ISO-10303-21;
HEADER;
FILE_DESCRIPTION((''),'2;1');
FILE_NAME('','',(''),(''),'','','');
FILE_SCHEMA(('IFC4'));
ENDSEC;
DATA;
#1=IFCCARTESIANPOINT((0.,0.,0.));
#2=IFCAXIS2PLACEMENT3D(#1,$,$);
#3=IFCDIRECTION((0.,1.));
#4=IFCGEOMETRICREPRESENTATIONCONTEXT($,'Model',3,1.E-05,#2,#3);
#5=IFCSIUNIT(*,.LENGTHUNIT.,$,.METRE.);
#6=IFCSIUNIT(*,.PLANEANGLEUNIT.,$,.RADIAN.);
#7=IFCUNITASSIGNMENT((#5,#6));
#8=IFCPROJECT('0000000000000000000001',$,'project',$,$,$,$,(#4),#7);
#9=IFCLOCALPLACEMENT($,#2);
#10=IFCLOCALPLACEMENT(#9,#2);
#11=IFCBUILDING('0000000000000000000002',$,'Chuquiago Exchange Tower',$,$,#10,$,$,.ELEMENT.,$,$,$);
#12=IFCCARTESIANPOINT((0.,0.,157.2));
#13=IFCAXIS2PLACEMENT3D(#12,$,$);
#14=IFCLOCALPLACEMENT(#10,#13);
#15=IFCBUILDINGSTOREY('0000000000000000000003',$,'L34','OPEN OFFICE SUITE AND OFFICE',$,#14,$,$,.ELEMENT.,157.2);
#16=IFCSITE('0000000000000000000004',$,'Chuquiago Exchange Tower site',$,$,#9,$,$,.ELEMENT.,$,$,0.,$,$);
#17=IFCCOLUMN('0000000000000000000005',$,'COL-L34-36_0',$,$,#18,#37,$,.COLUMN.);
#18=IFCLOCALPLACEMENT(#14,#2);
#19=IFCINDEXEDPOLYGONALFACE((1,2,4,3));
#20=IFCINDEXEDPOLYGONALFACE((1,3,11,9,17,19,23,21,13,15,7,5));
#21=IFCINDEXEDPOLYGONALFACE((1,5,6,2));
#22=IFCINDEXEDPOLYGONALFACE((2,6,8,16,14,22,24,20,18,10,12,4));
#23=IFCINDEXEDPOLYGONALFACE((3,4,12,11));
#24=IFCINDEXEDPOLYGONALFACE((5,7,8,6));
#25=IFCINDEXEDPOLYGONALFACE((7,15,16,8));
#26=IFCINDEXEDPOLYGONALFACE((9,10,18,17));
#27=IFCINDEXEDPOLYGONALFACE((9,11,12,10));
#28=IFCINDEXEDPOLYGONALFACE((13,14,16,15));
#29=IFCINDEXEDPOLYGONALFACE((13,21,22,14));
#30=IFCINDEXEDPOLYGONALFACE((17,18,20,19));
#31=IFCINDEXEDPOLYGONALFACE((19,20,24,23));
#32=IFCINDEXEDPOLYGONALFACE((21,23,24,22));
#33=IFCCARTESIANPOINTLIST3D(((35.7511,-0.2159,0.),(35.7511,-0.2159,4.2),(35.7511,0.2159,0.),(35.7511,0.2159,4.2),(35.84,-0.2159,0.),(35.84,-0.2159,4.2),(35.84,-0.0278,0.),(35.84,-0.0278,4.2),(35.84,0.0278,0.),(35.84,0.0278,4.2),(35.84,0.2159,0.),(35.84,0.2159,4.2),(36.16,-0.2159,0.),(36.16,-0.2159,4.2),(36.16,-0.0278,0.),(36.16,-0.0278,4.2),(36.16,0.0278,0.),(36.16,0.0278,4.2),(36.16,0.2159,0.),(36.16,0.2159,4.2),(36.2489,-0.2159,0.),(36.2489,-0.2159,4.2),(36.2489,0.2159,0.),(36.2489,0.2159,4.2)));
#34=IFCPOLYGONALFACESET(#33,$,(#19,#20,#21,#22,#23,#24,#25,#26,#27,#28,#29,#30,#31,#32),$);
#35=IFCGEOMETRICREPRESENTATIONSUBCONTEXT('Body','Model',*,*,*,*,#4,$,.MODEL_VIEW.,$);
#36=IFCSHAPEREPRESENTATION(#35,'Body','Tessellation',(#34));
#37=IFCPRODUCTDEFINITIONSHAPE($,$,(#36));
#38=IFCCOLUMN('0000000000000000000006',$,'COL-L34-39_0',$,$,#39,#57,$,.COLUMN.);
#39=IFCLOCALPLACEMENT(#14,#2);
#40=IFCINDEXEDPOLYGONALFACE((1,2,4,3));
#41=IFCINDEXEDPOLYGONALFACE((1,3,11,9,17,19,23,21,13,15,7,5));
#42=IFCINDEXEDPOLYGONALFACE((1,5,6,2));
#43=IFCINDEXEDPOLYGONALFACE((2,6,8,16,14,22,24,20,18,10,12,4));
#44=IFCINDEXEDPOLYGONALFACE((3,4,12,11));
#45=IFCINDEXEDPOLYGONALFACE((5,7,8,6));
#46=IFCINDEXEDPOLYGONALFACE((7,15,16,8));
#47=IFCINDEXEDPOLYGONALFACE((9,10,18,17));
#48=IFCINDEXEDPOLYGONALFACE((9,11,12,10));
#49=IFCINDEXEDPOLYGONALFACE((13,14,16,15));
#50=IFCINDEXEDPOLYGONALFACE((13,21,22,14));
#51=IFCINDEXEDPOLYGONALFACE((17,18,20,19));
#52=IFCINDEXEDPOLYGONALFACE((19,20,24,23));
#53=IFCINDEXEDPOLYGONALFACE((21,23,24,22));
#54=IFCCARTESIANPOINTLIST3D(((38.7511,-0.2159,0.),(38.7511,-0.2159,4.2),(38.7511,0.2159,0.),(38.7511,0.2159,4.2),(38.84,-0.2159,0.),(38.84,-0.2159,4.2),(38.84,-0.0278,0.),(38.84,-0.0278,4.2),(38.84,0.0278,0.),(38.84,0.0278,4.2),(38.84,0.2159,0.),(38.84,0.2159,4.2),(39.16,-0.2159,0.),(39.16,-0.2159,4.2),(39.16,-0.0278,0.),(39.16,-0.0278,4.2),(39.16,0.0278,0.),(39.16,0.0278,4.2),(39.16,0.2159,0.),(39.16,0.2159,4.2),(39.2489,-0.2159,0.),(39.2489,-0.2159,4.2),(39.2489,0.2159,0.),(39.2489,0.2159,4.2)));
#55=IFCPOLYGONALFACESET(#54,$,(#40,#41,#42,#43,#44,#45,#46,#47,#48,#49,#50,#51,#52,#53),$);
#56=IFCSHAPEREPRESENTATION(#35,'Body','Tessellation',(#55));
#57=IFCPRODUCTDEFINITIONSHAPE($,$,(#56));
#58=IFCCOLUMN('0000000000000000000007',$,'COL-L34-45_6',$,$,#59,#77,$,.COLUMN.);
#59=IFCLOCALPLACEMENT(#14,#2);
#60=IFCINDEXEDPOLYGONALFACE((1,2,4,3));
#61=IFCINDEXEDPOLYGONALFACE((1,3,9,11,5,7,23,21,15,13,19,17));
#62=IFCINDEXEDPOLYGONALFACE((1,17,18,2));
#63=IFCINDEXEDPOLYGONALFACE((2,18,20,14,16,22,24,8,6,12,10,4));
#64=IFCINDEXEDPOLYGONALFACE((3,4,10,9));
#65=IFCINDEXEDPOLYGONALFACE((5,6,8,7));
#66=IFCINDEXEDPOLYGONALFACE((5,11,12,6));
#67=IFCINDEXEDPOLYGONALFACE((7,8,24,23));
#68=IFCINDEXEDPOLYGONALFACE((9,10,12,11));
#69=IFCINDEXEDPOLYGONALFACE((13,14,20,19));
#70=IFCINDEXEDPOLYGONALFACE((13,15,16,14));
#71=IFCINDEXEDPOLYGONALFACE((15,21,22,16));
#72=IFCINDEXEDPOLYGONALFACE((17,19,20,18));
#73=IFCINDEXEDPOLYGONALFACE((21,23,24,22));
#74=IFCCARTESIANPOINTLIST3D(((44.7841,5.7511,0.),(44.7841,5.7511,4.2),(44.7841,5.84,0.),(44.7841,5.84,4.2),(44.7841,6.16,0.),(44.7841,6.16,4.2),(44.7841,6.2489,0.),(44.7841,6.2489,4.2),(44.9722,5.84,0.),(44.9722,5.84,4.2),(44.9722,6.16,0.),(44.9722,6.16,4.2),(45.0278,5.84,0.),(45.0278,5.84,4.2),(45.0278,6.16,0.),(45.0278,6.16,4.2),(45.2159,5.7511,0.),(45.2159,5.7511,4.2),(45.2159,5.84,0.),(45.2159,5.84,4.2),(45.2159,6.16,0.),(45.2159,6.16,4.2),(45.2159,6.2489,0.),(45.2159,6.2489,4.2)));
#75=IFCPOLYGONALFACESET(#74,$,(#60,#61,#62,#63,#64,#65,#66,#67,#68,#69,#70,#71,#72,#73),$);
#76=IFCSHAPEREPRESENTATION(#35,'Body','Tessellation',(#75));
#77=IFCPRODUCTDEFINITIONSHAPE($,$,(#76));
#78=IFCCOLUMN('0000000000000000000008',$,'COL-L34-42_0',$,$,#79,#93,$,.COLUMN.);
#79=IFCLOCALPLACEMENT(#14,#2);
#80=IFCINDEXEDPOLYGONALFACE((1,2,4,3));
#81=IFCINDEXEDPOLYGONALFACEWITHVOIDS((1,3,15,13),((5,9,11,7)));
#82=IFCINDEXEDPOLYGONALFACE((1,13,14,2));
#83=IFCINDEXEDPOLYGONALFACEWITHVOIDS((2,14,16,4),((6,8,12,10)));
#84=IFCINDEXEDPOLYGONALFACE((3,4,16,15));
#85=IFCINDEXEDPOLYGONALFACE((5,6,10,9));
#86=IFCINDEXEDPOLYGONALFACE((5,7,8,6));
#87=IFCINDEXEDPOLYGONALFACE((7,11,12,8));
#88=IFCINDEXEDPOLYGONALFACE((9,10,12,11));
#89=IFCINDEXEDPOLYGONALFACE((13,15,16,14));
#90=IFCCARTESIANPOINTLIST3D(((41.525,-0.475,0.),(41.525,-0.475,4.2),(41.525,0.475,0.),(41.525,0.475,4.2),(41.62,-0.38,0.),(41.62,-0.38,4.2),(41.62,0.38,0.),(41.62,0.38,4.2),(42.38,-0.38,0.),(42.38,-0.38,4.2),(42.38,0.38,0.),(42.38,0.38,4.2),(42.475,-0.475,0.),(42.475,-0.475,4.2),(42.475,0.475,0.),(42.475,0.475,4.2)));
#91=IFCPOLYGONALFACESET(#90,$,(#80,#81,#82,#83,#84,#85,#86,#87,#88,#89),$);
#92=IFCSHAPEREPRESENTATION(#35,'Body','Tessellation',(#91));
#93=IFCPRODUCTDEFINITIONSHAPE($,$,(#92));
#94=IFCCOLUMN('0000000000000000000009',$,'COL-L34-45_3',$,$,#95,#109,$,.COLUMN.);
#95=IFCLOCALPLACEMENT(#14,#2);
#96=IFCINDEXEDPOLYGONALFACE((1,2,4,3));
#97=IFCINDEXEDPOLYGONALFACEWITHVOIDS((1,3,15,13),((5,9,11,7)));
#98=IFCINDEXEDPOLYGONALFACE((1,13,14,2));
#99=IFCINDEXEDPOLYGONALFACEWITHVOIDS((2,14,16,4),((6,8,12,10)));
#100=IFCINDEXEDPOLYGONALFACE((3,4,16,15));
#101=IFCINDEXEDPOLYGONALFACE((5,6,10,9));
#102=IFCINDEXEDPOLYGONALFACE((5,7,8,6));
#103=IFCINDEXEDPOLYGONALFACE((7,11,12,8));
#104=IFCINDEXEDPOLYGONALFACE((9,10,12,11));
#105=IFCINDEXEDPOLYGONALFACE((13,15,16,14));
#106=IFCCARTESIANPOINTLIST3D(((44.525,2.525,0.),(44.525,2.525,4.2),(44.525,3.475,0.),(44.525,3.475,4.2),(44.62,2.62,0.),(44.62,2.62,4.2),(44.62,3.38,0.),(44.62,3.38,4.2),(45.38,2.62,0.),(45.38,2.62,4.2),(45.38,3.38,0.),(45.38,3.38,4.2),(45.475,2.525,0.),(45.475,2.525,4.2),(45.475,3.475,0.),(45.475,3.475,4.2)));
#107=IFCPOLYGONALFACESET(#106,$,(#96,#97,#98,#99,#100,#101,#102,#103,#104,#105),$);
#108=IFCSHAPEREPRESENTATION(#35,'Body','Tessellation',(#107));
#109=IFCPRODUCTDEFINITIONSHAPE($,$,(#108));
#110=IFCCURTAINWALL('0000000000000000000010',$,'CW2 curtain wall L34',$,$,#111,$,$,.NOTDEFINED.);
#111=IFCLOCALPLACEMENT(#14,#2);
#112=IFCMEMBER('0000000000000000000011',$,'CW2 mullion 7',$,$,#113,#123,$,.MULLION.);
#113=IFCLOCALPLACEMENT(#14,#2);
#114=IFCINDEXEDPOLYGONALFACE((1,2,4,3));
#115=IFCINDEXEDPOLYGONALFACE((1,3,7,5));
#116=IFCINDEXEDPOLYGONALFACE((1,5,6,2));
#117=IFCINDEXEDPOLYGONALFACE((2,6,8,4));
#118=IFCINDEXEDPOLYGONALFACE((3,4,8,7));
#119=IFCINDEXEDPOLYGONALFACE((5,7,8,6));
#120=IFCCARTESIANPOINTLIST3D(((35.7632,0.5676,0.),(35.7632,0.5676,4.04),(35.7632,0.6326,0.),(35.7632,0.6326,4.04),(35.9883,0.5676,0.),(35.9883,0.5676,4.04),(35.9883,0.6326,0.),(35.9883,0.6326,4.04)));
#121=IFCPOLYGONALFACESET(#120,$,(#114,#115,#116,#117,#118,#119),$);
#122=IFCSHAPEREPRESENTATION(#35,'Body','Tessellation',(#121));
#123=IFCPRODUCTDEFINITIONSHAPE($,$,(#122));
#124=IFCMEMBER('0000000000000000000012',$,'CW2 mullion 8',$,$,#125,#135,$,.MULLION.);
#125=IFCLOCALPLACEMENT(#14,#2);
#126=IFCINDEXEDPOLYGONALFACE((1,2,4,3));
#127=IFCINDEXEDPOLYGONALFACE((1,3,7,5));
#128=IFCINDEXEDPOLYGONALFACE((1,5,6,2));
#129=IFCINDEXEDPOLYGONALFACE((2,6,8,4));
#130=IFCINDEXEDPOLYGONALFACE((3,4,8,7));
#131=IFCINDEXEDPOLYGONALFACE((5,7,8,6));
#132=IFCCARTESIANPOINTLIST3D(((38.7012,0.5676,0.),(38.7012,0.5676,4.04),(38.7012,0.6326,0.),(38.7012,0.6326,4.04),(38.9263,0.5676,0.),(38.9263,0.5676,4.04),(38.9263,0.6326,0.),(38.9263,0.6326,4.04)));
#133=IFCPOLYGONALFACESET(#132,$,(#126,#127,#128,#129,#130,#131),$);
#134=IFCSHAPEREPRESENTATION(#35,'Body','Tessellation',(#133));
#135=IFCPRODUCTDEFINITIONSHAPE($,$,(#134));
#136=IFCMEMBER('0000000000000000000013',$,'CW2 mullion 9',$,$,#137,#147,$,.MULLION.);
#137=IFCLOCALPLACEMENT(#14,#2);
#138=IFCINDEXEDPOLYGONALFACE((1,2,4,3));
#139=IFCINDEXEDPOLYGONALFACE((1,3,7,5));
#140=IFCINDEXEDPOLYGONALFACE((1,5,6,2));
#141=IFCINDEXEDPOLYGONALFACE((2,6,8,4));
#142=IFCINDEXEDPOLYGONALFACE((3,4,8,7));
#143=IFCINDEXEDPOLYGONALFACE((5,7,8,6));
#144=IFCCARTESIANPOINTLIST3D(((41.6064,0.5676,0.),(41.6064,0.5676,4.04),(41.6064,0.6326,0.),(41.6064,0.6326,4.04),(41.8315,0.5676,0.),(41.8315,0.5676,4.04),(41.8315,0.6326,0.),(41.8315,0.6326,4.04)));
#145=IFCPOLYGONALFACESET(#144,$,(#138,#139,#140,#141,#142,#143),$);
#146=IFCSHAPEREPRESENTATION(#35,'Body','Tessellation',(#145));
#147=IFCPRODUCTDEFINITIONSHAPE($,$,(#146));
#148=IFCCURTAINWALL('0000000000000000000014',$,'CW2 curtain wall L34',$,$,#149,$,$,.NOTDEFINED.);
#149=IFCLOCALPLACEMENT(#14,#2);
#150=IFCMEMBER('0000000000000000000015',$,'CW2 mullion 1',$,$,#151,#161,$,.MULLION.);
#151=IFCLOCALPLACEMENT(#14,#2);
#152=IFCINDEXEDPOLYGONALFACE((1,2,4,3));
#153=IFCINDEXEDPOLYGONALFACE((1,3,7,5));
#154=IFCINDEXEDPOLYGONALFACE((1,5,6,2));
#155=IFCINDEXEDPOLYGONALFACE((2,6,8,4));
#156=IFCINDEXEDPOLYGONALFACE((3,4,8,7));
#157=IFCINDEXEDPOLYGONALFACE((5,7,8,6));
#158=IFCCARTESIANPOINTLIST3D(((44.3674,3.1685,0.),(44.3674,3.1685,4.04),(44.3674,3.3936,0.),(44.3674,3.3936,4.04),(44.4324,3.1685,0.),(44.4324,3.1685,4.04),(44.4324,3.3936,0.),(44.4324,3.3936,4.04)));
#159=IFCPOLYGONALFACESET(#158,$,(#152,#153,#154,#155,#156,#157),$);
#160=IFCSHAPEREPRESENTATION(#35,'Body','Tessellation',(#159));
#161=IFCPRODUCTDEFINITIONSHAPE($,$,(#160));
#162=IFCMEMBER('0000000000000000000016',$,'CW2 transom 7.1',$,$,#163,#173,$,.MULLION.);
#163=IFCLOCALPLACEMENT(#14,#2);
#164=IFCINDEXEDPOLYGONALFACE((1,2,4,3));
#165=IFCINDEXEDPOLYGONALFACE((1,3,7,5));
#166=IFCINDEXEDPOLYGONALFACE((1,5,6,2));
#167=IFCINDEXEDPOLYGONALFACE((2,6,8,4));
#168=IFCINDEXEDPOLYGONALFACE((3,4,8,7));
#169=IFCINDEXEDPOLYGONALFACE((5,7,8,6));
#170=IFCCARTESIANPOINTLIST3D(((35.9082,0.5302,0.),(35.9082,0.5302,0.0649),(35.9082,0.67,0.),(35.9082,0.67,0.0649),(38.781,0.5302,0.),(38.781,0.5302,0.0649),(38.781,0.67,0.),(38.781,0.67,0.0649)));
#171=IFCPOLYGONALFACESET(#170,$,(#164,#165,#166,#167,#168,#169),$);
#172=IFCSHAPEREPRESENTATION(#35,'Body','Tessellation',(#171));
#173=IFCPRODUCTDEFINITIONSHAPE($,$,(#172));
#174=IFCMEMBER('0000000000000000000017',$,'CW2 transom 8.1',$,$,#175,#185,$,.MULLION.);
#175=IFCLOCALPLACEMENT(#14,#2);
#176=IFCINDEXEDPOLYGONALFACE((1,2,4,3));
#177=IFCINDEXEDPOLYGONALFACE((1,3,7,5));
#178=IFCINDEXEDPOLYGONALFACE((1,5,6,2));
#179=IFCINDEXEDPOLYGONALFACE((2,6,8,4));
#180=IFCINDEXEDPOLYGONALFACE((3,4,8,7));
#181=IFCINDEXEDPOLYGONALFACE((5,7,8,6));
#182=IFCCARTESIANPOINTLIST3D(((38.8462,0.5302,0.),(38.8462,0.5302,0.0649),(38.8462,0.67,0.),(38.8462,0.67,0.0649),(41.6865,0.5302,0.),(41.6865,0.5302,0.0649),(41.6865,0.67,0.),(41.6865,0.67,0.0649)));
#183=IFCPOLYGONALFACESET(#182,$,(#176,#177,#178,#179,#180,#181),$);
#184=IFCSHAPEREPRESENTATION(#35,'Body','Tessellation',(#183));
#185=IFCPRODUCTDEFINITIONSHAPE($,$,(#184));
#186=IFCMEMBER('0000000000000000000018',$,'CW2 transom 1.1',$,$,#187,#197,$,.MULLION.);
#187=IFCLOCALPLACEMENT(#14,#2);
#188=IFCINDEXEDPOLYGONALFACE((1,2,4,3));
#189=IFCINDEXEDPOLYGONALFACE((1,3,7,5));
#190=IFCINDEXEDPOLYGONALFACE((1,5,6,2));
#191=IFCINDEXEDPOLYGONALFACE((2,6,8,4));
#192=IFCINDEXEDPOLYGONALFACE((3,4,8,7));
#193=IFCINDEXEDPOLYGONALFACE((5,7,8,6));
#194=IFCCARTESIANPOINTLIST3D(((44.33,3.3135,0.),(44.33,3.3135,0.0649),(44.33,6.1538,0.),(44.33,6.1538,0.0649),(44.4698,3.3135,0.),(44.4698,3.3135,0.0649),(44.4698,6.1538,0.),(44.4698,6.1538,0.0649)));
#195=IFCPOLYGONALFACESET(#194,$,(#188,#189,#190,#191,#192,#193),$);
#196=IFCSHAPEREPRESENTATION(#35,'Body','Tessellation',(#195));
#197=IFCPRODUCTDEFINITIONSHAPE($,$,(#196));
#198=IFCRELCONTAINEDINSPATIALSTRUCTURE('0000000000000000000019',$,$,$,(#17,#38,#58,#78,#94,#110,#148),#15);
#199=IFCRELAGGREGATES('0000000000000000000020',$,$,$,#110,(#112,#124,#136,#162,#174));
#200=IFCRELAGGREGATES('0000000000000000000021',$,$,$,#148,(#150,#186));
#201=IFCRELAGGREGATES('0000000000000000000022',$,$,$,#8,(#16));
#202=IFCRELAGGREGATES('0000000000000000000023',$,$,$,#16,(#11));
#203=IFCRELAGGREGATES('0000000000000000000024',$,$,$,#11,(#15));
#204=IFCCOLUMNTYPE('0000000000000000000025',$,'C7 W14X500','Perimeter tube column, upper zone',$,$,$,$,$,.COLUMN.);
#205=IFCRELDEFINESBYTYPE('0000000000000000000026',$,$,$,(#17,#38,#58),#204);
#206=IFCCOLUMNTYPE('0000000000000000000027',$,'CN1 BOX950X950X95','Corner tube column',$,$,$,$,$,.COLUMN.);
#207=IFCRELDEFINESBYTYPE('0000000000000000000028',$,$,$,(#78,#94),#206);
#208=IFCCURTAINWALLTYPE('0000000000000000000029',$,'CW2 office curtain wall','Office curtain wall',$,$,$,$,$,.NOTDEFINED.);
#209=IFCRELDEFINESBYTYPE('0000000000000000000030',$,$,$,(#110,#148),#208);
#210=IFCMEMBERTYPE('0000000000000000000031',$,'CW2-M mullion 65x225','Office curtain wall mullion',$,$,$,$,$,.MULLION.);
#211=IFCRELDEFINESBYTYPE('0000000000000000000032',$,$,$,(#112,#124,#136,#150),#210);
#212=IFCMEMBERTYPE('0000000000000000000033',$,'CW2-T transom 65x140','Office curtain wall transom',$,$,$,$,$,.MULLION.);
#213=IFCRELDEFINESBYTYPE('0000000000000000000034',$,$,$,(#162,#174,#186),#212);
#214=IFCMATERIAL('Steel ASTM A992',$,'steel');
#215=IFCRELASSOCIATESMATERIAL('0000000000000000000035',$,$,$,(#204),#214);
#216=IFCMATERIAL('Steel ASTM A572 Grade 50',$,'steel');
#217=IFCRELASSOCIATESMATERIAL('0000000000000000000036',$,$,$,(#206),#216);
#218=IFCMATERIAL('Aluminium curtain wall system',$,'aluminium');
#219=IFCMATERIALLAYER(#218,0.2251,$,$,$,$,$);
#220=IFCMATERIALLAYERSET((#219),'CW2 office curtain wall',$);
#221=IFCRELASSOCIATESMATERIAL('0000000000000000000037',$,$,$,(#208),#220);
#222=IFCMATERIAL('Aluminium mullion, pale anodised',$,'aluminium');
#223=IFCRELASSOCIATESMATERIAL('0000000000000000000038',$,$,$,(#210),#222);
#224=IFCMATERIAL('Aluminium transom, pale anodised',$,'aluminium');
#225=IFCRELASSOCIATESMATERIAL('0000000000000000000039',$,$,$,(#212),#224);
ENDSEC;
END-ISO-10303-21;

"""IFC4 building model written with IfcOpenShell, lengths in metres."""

from ifc_helpers import new_model, si_unit, direction, frame, origin, origin_2d, place, context, subcontext, project, spatial, rectangle, hollow_rectangle, i_section, extrude, material, layer, layer_set, material_profile, profile_set, type_object, element, aggregate, save


model = new_model("IFC4")

# Units and contexts
model_context = context("Model", 3, precision=1e-05, world=origin(), true_north=direction((0.0, 1.0)))
body_context = subcontext(model_context, "Body", "Model", "MODEL_VIEW")
ifc_project = project(units=[si_unit("LENGTHUNIT", "METRE"), si_unit("PLANEANGLEUNIT", "RADIAN")], contexts=[model_context])

# Site, building, storey
site_placement = place(None, origin())
site = spatial("IfcSite", under=ifc_project, at=site_placement, Name="Chuquiago Exchange Tower site", CompositionType="ELEMENT", RefElevation=0.0)
building_placement = place(site_placement, origin())
building = spatial("IfcBuilding", under=site, at=building_placement, Name="Chuquiago Exchange Tower", CompositionType="ELEMENT")
storey_placement = place(building_placement, frame((0.0, 0.0, 157.2)))
storey = spatial("IfcBuildingStorey", under=building, at=storey_placement, Name="L34", Description="OPEN OFFICE SUITE AND OFFICE", CompositionType="ELEMENT", Elevation=157.2)

# Columns
ifc_material_1 = material(Name="Steel ASTM A992", Category="steel")
ifc_material_profile_1 = material_profile(ifc_material_1, i_section(OverallWidth=0.4319, OverallDepth=0.4978, WebThickness=0.0557, FlangeThickness=0.0889, at=origin_2d()), Name="W14X500")
ifc_profile_set_1 = profile_set([ifc_material_profile_1], Name="Steel ASTM A992")
column_type_1 = type_object("IfcColumnType", Name="C7 W14X500", Description="Perimeter tube column, upper zone", PredefinedType="COLUMN", material=ifc_profile_set_1)
for number, where, z_axis, x_axis, name in (
    (1, (36.0, 0.0, 0.0), (0.0, 0.0, 1.0), (0.0, -1.0, 0.0), "COL-L34-36_0"),
    (2, (39.0, 0.0, 0.0), (0.0, 0.0, 1.0), (0.0, -1.0, 0.0), "COL-L34-39_0"),
    (3, (45.0, 6.0, 0.0), (0.0, 0.0, 1.0), (1.0, 0.0, 0.0), "COL-L34-45_6"),
):
    element("IfcColumn", number, at=place(storey_placement, frame(where, z_axis=z_axis, x_axis=x_axis)), inside=storey, type_object=column_type_1, Name=name, PredefinedType="COLUMN", context=body_context, shape_type="SweptSolid", body=[
        extrude(i_section(OverallWidth=0.4319, OverallDepth=0.4978, WebThickness=0.0557, FlangeThickness=0.0889, at=origin_2d()), origin(), (0.0, 0.0, 1.0), 4.2),
    ])
ifc_material_2 = material(Name="Steel ASTM A572 Grade 50", Category="steel")
ifc_material_profile_2 = material_profile(ifc_material_2, hollow_rectangle(XDim=0.95, YDim=0.95, WallThickness=0.095, at=origin_2d()), Name="BOX950X950X95")
ifc_profile_set_2 = profile_set([ifc_material_profile_2], Name="Steel ASTM A572 Grade 50")
column_type_2 = type_object("IfcColumnType", Name="CN1 BOX950X950X95", Description="Corner tube column", PredefinedType="COLUMN", material=ifc_profile_set_2)
for number, where, z_axis, x_axis, name in (
    (4, (42.0, 0.0, 0.0), (0.0, 0.0, 1.0), (0.0, -1.0, 0.0), "COL-L34-42_0"),
    (5, (45.0, 3.0, 0.0), (0.0, 0.0, 1.0), (1.0, 0.0, 0.0), "COL-L34-45_3"),
):
    element("IfcColumn", number, at=place(storey_placement, frame(where, z_axis=z_axis, x_axis=x_axis)), inside=storey, type_object=column_type_2, Name=name, PredefinedType="COLUMN", context=body_context, shape_type="SweptSolid", body=[
        extrude(hollow_rectangle(XDim=0.95, YDim=0.95, WallThickness=0.095, at=origin_2d()), origin(), (0.0, 0.0, 1.0), 4.2),
    ])

# Curtain wall, members
ifc_material_3 = material(Name="Aluminium curtain wall system", Category="aluminium")
ifc_layer_1 = layer(ifc_material_3, 0.2251)
ifc_layer_set_1 = layer_set([ifc_layer_1], Name="CW2 office curtain wall")
curtain_wall_type_1 = type_object("IfcCurtainWallType", Name="CW2 office curtain wall", Description="Office curtain wall", PredefinedType="NOTDEFINED", material=ifc_layer_set_1)
curtain_wall_1_placement = place(storey_placement, origin())
curtain_wall_1 = element("IfcCurtainWall", 6, at=curtain_wall_1_placement, inside=storey, type_object=curtain_wall_type_1, Name="CW2 curtain wall L34", PredefinedType="NOTDEFINED")
ifc_material_4 = material(Name="Aluminium mullion, pale anodised", Category="aluminium")
ifc_material_profile_3 = material_profile(ifc_material_4, rectangle(XDim=0.0649, YDim=0.2251, at=origin_2d()), Name="AL 65x225")
ifc_profile_set_3 = profile_set([ifc_material_profile_3], Name="Aluminium mullion, pale anodised")
member_type_1 = type_object("IfcMemberType", Name="CW2-M mullion 65x225", Description="Office curtain wall mullion", PredefinedType="MULLION", material=ifc_profile_set_3)
member_1_placement = place(storey_placement, frame((35.8757, 0.6001, 0.0), z_axis=(0.0, 0.0, 1.0), x_axis=(0.0, 1.0, 0.0)))
member_1 = element("IfcMember", 7, at=member_1_placement, type_object=member_type_1, Name="CW2 mullion 7", PredefinedType="MULLION", context=body_context, shape_type="SweptSolid", body=[
    extrude(rectangle(XDim=0.0649, YDim=0.2251, at=origin_2d()), origin(), (0.0, 0.0, 1.0), 4.04),
])
member_2_placement = place(storey_placement, frame((38.8137, 0.6001, 0.0), z_axis=(0.0, 0.0, 1.0), x_axis=(0.0, 1.0, 0.0)))
member_2 = element("IfcMember", 8, at=member_2_placement, type_object=member_type_1, Name="CW2 mullion 8", PredefinedType="MULLION", context=body_context, shape_type="SweptSolid", body=[
    extrude(rectangle(XDim=0.0649, YDim=0.2251, at=origin_2d()), origin(), (0.0, 0.0, 1.0), 4.04),
])
member_3_placement = place(storey_placement, frame((41.719, 0.6001, 0.0), z_axis=(0.0, 0.0, 1.0), x_axis=(0.0, 1.0, 0.0)))
member_3 = element("IfcMember", 9, at=member_3_placement, type_object=member_type_1, Name="CW2 mullion 9", PredefinedType="MULLION", context=body_context, shape_type="SweptSolid", body=[
    extrude(rectangle(XDim=0.0649, YDim=0.2251, at=origin_2d()), origin(), (0.0, 0.0, 1.0), 4.04),
])

# Curtain wall, member
curtain_wall_2_placement = place(storey_placement, origin())
curtain_wall_2 = element("IfcCurtainWall", 10, at=curtain_wall_2_placement, inside=storey, type_object=curtain_wall_type_1, Name="CW2 curtain wall L34", PredefinedType="NOTDEFINED")
member_4_placement = place(storey_placement, frame((44.3999, 3.281, 0.0), z_axis=(0.0, 0.0, 1.0), x_axis=(-1.0, 0.0, 0.0)))
member_4 = element("IfcMember", 11, at=member_4_placement, type_object=member_type_1, Name="CW2 mullion 1", PredefinedType="MULLION", context=body_context, shape_type="SweptSolid", body=[
    extrude(rectangle(XDim=0.0649, YDim=0.2251, at=origin_2d()), origin(), (0.0, 0.0, 1.0), 4.04),
])

# Members
ifc_material_5 = material(Name="Aluminium transom, pale anodised", Category="aluminium")
ifc_material_profile_4 = material_profile(ifc_material_5, rectangle(XDim=0.1399, YDim=0.0649, at=origin_2d()), Name="AL 140x65")
ifc_profile_set_4 = profile_set([ifc_material_profile_4], Name="Aluminium transom, pale anodised")
member_type_2 = type_object("IfcMemberType", Name="CW2-T transom 65x140", Description="Office curtain wall transom", PredefinedType="MULLION", material=ifc_profile_set_4)
member_5_placement = place(storey_placement, frame((35.9082, 0.6001, 0.0325), z_axis=(1.0, 0.0, 0.0), x_axis=(0.0, 1.0, 0.0)))
member_5 = element("IfcMember", 12, at=member_5_placement, type_object=member_type_2, Name="CW2 transom 7.1", PredefinedType="MULLION", context=body_context, shape_type="SweptSolid", body=[
    extrude(rectangle(XDim=0.1399, YDim=0.0649, at=origin_2d()), origin(), (0.0, 0.0, 1.0), 2.8728),
])
member_6_placement = place(storey_placement, frame((38.8462, 0.6001, 0.0325), z_axis=(1.0, 0.0, 0.0), x_axis=(0.0, 1.0, 0.0)))
member_6 = element("IfcMember", 13, at=member_6_placement, type_object=member_type_2, Name="CW2 transom 8.1", PredefinedType="MULLION", context=body_context, shape_type="SweptSolid", body=[
    extrude(rectangle(XDim=0.1399, YDim=0.0649, at=origin_2d()), origin(), (0.0, 0.0, 1.0), 2.8403),
])
member_7_placement = place(storey_placement, frame((44.3999, 3.3135, 0.0325), z_axis=(0.0, 1.0, 0.0), x_axis=(-1.0, 0.0, 0.0)))
member_7 = element("IfcMember", 14, at=member_7_placement, type_object=member_type_2, Name="CW2 transom 1.1", PredefinedType="MULLION", context=body_context, shape_type="SweptSolid", body=[
    extrude(rectangle(XDim=0.1399, YDim=0.0649, at=origin_2d()), origin(), (0.0, 0.0, 1.0), 2.8403),
])

aggregate(curtain_wall_1, [member_1, member_2, member_3, member_5, member_6])
aggregate(curtain_wall_2, [member_4, member_7])

save(model, "model.ifc")
